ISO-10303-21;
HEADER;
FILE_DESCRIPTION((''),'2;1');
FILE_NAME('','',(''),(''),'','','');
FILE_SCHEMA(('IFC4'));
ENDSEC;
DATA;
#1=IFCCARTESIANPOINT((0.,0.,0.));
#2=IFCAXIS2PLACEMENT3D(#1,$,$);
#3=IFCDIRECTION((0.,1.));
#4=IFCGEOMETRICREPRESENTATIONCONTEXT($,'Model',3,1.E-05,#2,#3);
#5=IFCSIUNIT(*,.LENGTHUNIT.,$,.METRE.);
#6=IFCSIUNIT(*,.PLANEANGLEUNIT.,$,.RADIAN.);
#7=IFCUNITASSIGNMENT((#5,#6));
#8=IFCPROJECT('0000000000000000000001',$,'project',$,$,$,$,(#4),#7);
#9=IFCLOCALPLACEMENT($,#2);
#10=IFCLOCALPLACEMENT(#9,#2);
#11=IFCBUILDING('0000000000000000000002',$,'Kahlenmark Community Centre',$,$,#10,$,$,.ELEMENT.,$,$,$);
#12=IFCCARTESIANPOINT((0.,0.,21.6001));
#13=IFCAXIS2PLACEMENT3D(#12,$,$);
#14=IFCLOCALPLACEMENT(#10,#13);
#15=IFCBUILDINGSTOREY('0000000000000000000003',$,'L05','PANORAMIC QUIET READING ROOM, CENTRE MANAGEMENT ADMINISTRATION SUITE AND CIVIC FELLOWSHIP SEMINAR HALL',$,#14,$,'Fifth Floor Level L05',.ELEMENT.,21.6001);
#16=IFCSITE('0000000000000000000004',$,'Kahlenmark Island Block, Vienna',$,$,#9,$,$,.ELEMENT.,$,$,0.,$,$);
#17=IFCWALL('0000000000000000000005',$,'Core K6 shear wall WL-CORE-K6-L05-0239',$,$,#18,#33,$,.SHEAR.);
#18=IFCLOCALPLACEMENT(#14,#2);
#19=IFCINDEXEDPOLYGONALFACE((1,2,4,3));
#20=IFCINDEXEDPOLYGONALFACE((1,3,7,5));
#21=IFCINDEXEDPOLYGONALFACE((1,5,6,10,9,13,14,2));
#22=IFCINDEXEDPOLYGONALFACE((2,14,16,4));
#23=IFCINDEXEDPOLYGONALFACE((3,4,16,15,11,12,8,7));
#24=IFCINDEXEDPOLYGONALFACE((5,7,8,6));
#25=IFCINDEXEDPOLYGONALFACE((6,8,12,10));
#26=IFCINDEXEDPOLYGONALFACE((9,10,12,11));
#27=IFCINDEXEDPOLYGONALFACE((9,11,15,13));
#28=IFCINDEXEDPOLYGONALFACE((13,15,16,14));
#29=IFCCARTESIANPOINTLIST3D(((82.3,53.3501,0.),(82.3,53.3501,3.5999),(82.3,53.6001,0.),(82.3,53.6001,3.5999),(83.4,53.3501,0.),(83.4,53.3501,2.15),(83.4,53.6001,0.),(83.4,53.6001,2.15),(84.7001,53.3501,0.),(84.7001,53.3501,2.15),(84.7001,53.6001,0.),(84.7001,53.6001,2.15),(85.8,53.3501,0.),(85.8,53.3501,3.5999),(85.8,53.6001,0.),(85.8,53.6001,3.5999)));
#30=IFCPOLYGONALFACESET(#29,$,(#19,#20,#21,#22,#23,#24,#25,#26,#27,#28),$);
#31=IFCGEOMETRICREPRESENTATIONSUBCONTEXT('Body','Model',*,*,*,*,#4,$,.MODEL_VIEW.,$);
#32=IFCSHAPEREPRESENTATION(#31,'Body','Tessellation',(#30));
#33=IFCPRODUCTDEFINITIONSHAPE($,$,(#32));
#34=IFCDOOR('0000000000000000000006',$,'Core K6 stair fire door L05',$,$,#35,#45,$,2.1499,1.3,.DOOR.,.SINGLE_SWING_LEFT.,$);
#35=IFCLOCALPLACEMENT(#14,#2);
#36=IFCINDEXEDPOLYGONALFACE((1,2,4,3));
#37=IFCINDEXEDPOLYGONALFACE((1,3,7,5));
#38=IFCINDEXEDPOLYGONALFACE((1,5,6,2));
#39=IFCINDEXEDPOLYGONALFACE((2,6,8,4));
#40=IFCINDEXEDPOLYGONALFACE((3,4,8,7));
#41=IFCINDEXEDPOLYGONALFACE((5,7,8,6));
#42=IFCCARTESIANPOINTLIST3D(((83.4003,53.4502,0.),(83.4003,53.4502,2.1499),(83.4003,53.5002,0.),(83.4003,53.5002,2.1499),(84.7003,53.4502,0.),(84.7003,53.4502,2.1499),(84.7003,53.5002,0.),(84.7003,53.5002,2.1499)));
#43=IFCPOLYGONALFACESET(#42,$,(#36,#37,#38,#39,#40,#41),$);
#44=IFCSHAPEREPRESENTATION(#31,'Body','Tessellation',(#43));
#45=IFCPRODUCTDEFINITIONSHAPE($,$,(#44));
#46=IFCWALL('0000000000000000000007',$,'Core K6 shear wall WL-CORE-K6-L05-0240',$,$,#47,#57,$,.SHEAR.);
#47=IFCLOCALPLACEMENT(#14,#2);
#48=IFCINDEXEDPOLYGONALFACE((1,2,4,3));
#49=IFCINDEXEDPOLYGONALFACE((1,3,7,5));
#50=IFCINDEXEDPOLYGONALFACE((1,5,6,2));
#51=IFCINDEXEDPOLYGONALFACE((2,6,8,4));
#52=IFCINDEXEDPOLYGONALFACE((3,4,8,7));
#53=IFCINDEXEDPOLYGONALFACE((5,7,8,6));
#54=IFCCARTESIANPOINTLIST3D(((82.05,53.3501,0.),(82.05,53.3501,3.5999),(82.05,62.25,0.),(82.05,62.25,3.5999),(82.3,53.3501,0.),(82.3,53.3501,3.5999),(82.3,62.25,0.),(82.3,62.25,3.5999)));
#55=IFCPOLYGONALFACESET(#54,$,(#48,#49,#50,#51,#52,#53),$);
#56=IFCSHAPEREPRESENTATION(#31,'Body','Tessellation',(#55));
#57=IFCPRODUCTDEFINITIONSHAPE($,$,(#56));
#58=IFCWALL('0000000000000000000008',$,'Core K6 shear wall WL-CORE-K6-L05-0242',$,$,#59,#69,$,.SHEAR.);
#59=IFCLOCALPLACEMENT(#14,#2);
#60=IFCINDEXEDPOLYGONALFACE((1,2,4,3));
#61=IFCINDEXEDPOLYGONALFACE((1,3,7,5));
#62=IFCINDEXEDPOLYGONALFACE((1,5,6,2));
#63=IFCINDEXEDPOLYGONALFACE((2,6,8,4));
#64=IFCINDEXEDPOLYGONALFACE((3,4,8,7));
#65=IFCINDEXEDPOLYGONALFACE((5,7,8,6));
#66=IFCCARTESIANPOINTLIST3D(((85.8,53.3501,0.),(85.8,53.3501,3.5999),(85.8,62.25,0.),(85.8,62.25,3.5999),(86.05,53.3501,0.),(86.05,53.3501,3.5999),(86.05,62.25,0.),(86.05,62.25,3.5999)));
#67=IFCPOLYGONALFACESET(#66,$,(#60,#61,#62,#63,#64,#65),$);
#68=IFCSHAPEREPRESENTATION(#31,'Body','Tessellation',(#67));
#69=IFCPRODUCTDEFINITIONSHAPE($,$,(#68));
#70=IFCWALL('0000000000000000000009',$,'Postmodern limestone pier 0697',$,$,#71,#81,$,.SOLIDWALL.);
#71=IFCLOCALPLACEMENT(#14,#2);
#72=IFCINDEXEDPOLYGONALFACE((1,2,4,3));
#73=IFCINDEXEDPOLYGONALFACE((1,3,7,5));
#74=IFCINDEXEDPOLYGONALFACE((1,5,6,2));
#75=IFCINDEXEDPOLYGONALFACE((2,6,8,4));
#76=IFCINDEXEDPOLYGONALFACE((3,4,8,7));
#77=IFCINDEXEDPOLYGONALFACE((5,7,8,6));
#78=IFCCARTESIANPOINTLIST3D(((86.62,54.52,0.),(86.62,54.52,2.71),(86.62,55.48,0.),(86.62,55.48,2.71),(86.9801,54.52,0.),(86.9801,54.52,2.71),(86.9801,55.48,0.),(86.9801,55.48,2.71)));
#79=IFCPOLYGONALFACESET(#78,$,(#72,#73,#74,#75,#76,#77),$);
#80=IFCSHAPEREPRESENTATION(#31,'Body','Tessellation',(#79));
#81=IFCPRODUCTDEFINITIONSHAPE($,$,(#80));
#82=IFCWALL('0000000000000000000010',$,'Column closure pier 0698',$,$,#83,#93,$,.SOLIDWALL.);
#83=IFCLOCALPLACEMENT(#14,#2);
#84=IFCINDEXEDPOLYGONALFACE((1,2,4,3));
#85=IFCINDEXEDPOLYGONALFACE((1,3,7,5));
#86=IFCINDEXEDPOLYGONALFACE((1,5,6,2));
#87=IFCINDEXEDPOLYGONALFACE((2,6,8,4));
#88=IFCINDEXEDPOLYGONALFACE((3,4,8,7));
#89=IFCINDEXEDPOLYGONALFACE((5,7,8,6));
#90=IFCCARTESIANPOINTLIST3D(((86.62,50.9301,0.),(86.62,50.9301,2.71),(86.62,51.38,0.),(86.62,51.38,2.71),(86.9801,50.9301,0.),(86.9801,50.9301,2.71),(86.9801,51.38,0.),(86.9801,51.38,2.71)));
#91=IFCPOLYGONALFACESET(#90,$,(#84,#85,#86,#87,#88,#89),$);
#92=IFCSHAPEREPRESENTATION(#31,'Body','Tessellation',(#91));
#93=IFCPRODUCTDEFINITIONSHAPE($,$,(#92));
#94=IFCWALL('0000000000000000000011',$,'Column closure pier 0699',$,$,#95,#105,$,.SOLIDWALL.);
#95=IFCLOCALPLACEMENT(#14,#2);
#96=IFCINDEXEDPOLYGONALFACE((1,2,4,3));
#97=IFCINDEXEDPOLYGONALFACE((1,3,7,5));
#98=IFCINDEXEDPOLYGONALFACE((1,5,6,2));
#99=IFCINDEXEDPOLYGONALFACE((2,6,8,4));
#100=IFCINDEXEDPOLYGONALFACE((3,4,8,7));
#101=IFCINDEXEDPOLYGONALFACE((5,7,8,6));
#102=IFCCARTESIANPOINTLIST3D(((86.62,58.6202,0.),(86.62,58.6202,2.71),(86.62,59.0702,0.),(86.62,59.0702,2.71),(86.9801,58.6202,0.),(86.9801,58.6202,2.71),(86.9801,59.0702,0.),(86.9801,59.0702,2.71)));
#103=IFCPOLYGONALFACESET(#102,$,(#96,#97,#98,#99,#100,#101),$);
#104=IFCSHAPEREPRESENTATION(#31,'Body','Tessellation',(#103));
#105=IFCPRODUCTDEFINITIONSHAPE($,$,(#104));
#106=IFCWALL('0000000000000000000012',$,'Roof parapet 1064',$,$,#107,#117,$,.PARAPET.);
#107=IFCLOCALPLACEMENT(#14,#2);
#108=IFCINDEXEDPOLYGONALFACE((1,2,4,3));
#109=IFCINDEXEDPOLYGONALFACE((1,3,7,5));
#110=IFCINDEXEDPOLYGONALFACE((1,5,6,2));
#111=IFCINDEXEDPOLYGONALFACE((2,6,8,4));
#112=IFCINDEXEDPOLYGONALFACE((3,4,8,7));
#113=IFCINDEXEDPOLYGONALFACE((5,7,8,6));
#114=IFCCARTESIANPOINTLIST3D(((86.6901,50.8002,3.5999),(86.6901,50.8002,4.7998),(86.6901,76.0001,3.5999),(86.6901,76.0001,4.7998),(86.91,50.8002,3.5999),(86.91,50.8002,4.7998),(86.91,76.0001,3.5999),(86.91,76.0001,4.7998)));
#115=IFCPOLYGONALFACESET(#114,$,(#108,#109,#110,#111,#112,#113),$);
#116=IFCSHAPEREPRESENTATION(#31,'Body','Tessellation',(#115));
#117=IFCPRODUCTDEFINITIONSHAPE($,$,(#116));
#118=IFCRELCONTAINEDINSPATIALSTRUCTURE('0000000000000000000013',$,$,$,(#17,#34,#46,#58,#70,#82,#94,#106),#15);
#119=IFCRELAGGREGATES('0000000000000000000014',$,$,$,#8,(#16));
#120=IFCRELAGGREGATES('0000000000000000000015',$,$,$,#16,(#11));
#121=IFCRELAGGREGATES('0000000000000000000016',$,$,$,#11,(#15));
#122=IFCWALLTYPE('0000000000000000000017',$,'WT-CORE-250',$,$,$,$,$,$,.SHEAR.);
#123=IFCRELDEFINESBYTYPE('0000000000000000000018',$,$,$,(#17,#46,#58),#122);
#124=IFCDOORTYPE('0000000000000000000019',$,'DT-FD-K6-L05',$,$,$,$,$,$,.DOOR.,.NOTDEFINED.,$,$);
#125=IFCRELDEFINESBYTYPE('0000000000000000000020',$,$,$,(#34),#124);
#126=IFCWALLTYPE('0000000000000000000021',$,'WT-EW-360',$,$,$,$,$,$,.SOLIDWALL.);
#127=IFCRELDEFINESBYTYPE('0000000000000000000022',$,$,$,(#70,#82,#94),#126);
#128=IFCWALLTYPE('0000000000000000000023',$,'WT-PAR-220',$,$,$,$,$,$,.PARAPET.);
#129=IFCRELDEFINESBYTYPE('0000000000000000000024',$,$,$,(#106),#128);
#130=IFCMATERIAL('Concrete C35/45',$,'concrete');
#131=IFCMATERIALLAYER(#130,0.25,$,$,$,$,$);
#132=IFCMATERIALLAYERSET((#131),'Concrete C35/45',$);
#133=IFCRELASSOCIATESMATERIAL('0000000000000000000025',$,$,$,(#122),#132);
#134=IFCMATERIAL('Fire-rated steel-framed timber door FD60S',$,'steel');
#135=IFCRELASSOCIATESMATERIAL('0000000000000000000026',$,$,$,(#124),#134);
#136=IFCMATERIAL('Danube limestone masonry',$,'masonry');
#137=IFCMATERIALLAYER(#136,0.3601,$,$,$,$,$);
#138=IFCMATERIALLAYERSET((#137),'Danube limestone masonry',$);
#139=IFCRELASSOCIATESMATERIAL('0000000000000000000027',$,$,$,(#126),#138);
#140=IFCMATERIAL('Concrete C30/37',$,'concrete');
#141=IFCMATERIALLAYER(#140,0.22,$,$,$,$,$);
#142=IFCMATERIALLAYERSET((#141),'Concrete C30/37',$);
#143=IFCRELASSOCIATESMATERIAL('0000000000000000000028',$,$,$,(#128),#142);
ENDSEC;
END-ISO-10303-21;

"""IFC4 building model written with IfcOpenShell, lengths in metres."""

from ifc_helpers import new_model, si_unit, direction, frame, frame_2d, origin, place, context, subcontext, project, spatial, rectangle, extrude, material, layer, layer_set, type_object, element, fill, save


model = new_model("IFC4")

# Units and contexts
model_context = context("Model", 3, precision=1e-05, world=origin(), true_north=direction((0.0, 1.0)))
body_context = subcontext(model_context, "Body", "Model", "MODEL_VIEW")
ifc_project = project(units=[si_unit("LENGTHUNIT", "METRE"), si_unit("PLANEANGLEUNIT", "RADIAN")], contexts=[model_context])

# Site, building, storey
site_placement = place(None, origin())
site = spatial("IfcSite", under=ifc_project, at=site_placement, Name="Kahlenmark Island Block, Vienna", CompositionType="ELEMENT", RefElevation=0.0)
building_placement = place(site_placement, origin())
building = spatial("IfcBuilding", under=site, at=building_placement, Name="Kahlenmark Community Centre", CompositionType="ELEMENT")
storey_placement = place(building_placement, frame((0.0, 0.0, 21.6001)))
storey = spatial("IfcBuildingStorey", under=building, at=storey_placement, Name="L05", Description="PANORAMIC QUIET READING ROOM, CENTRE MANAGEMENT ADMINISTRATION SUITE AND CIVIC FELLOWSHIP SEMINAR HALL", LongName="Fifth Floor Level L05", CompositionType="ELEMENT", Elevation=21.6001)

# Wall, opening, door
ifc_material_1 = material(Name="Concrete C35/45", Category="concrete")
ifc_layer_1 = layer(ifc_material_1, 0.25)
ifc_layer_set_1 = layer_set([ifc_layer_1], Name="Concrete C35/45")
wall_type_1 = type_object("IfcWallType", Name="WT-CORE-250", PredefinedType="SHEAR", material=ifc_layer_set_1)
wall_1_placement = place(storey_placement, frame((82.3, 53.4751, 0.0), z_axis=(0.0, 0.0, 1.0), x_axis=(1.0, 0.0, 0.0)))
wall_1 = element("IfcWall", 1, at=wall_1_placement, inside=storey, type_object=wall_type_1, Name="Core K6 shear wall WL-CORE-K6-L05-0239", PredefinedType="SHEAR", context=body_context, shape_type="SweptSolid", body=[
    extrude(rectangle(XDim=3.5, YDim=0.25, at=frame_2d((1.75, 0.0))), origin(), (0.0, 0.0, 1.0), 3.5999),
])
opening_placement = place(wall_1_placement, frame((1.1001, 0.0, -0.01)))
opening = element("IfcOpeningElement", 2, at=opening_placement, cuts=wall_1, PredefinedType="OPENING", context=body_context, shape_type="SweptSolid", body=[
    extrude(rectangle(XDim=1.3, YDim=2.1599, at=frame_2d((0.6499, 1.0801))), frame((0.0, 0.135, 0.0), z_axis=(0.0, -1.0, 0.0), x_axis=(1.0, 0.0, 0.0)), (0.0, 0.0, 1.0), 0.27),
])
ifc_material_2 = material(Name="Fire-rated steel-framed timber door FD60S", Category="steel")
door_type = type_object("IfcDoorType", Name="DT-FD-K6-L05", OperationType="NOTDEFINED", PredefinedType="DOOR", material=ifc_material_2)
door_placement = place(opening_placement, frame((1.3, 0.0, 0.01), z_axis=(0.0, 0.0, 1.0), x_axis=(-1.0, 0.0, 0.0)))
door = element("IfcDoor", 3, at=door_placement, inside=storey, type_object=door_type, Name="Core K6 stair fire door L05", OperationType="SINGLE_SWING_LEFT", OverallHeight=2.1499, OverallWidth=1.3, PredefinedType="DOOR", context=body_context, shape_type="SweptSolid", body=[
    extrude(rectangle(XDim=1.3, YDim=2.1499, at=frame_2d((0.6499, 1.075))), frame((0.0, 0.0249, 0.0), z_axis=(0.0, -1.0, 0.0), x_axis=(1.0, 0.0, 0.0)), (0.0, 0.0, 1.0), 0.05),
])
fill(opening, door)

# Walls
for number, where, z_axis, x_axis, name in (
    (4, (82.175, 53.3501, 0.0), (0.0, 0.0, 1.0), (0.0, 1.0, 0.0), "Core K6 shear wall WL-CORE-K6-L05-0240"),
    (5, (85.925, 53.3501, 0.0), (0.0, 0.0, 1.0), (0.0, 1.0, 0.0), "Core K6 shear wall WL-CORE-K6-L05-0242"),
):
    element("IfcWall", number, at=place(storey_placement, frame(where, z_axis=z_axis, x_axis=x_axis)), inside=storey, type_object=wall_type_1, Name=name, PredefinedType="SHEAR", context=body_context, shape_type="SweptSolid", body=[
        extrude(rectangle(XDim=8.8999, YDim=0.25, at=frame_2d((4.45, 0.0))), origin(), (0.0, 0.0, 1.0), 3.5999),
    ])
ifc_material_3 = material(Name="Danube limestone masonry", Category="masonry")
ifc_layer_2 = layer(ifc_material_3, 0.3601)
ifc_layer_set_2 = layer_set([ifc_layer_2], Name="Danube limestone masonry")
wall_type_2 = type_object("IfcWallType", Name="WT-EW-360", PredefinedType="SOLIDWALL", material=ifc_layer_set_2)
wall_2_placement = place(storey_placement, frame((86.8, 54.52, 0.0), z_axis=(0.0, 0.0, 1.0), x_axis=(0.0, 1.0, 0.0)))
element("IfcWall", 6, at=wall_2_placement, inside=storey, type_object=wall_type_2, Name="Postmodern limestone pier 0697", PredefinedType="SOLIDWALL", context=body_context, shape_type="SweptSolid", body=[
    extrude(rectangle(XDim=0.96, YDim=0.3601, at=frame_2d((0.48, 0.0))), origin(), (0.0, 0.0, 1.0), 2.71),
])
for number, where, z_axis, x_axis, name in (
    (7, (86.8, 50.9299, 0.0), (0.0, 0.0, 1.0), (0.0, 1.0, 0.0), "Column closure pier 0698"),
    (8, (86.8, 58.6201, 0.0), (0.0, 0.0, 1.0), (0.0, 1.0, 0.0), "Column closure pier 0699"),
):
    element("IfcWall", number, at=place(storey_placement, frame(where, z_axis=z_axis, x_axis=x_axis)), inside=storey, type_object=wall_type_2, Name=name, PredefinedType="SOLIDWALL", context=body_context, shape_type="SweptSolid", body=[
        extrude(rectangle(XDim=0.45, YDim=0.3601, at=frame_2d((0.2251, 0.0))), origin(), (0.0, 0.0, 1.0), 2.71),
    ])
ifc_material_4 = material(Name="Concrete C30/37", Category="concrete")
ifc_layer_3 = layer(ifc_material_4, 0.22)
ifc_layer_set_3 = layer_set([ifc_layer_3], Name="Concrete C30/37")
wall_type_3 = type_object("IfcWallType", Name="WT-PAR-220", PredefinedType="PARAPET", material=ifc_layer_set_3)
wall_3_placement = place(storey_placement, frame((86.8, 50.8, 3.5999), z_axis=(0.0, 0.0, 1.0), x_axis=(0.0, 1.0, 0.0)))
element("IfcWall", 9, at=wall_3_placement, inside=storey, type_object=wall_type_3, Name="Roof parapet 1064", PredefinedType="PARAPET", context=body_context, shape_type="SweptSolid", body=[
    extrude(rectangle(XDim=25.2, YDim=0.22, at=frame_2d((12.6001, 0.0))), origin(), (0.0, 0.0, 1.0), 1.2),
])

save(model, "model.ifc")
